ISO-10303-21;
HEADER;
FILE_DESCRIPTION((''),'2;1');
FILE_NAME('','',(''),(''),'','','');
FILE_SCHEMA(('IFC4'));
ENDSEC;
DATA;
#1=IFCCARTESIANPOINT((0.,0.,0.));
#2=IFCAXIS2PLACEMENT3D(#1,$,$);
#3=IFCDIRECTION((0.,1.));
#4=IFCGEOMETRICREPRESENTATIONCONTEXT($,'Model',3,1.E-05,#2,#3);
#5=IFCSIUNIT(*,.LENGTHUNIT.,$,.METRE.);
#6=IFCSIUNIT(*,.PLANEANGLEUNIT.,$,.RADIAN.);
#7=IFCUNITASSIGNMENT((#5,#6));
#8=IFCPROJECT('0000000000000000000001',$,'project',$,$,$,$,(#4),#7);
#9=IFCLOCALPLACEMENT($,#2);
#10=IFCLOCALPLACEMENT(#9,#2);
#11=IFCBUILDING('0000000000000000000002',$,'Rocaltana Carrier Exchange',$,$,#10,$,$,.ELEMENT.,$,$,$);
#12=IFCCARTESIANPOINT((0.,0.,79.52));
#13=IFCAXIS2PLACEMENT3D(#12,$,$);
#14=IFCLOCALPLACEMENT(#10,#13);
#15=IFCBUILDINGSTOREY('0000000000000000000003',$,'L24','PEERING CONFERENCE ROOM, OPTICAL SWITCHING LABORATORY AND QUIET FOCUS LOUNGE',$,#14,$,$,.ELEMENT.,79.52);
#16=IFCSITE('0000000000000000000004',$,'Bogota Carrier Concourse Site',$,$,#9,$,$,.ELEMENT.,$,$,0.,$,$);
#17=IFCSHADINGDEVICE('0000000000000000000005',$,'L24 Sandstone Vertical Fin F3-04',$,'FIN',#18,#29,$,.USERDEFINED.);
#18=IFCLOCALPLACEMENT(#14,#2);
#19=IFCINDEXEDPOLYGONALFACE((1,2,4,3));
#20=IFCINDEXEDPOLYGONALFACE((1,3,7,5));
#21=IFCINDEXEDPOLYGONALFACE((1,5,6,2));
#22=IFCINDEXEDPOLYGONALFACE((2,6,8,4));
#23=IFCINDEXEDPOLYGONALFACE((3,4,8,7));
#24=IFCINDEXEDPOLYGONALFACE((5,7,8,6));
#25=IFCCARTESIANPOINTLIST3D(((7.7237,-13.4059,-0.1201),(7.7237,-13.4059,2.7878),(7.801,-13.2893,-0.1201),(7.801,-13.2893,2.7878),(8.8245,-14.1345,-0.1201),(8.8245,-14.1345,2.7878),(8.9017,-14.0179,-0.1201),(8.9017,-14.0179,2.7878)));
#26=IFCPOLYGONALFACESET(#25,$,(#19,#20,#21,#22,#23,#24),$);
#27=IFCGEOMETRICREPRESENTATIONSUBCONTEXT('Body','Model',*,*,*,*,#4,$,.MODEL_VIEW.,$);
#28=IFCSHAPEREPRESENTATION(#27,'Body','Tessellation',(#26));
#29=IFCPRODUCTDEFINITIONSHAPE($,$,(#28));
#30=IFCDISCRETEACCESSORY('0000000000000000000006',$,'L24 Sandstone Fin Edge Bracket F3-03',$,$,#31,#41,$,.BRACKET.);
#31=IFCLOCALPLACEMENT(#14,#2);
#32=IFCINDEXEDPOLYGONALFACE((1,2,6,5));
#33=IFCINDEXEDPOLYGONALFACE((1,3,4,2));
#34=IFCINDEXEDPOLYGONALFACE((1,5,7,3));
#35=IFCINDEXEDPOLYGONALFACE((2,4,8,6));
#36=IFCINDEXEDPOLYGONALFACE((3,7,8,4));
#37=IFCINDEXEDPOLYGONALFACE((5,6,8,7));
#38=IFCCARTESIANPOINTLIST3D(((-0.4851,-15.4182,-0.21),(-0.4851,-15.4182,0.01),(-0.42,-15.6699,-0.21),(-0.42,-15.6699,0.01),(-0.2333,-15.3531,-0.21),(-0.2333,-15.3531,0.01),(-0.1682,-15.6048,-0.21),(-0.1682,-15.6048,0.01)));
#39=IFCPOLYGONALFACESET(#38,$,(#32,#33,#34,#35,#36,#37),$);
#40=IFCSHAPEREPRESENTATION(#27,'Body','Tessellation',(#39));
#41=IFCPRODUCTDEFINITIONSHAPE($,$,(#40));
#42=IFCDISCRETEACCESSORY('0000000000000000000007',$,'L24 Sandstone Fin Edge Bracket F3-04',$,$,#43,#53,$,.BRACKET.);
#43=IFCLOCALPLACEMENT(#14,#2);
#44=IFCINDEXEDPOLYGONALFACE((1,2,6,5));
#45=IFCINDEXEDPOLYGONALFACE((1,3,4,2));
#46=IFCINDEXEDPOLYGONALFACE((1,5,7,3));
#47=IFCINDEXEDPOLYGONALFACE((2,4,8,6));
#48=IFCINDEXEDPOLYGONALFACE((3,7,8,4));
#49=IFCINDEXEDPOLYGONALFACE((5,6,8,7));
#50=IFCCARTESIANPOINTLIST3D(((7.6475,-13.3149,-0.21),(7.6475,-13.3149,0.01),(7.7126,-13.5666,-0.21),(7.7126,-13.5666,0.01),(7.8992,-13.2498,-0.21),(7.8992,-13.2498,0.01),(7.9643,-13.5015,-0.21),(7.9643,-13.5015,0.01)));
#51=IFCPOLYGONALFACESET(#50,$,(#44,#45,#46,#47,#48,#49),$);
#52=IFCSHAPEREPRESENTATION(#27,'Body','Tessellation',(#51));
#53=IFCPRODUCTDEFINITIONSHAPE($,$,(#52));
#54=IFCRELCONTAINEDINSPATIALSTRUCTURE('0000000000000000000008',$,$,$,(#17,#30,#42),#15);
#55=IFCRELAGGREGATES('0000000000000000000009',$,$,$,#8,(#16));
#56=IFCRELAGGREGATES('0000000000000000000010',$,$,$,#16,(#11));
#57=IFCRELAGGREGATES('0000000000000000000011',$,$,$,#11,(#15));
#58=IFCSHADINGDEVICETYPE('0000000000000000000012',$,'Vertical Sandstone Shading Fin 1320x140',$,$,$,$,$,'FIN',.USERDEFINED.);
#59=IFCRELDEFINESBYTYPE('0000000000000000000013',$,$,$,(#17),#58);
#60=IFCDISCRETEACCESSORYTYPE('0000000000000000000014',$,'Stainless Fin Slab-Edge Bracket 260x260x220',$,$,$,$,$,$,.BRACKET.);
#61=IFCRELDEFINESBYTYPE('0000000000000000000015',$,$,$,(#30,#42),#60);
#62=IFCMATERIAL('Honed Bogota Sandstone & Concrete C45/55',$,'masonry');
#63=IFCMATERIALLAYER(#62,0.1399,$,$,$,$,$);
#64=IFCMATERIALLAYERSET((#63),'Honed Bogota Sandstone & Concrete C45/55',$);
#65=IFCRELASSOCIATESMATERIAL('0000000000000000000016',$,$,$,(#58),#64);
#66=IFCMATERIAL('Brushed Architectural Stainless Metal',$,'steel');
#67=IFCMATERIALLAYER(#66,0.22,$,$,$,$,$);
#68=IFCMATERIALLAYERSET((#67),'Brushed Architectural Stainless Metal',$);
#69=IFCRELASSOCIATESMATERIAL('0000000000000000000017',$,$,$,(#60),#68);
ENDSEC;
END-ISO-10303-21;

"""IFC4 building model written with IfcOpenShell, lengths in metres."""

from ifc_helpers import new_model, si_unit, direction, frame, origin, origin_2d, place, context, subcontext, project, spatial, rectangle, extrude, material, layer, layer_set, type_object, element, save


model = new_model("IFC4")

# Units and contexts
model_context = context("Model", 3, precision=1e-05, world=origin(), true_north=direction((0.0, 1.0)))
body_context = subcontext(model_context, "Body", "Model", "MODEL_VIEW")
ifc_project = project(units=[si_unit("LENGTHUNIT", "METRE"), si_unit("PLANEANGLEUNIT", "RADIAN")], contexts=[model_context])

# Site, building, storey
site_placement = place(None, origin())
site = spatial("IfcSite", under=ifc_project, at=site_placement, Name="Bogota Carrier Concourse Site", CompositionType="ELEMENT", RefElevation=0.0)
building_placement = place(site_placement, origin())
building = spatial("IfcBuilding", under=site, at=building_placement, Name="Rocaltana Carrier Exchange", CompositionType="ELEMENT")
storey_placement = place(building_placement, frame((0.0, 0.0, 79.52)))
storey = spatial("IfcBuildingStorey", under=building, at=storey_placement, Name="L24", Description="PEERING CONFERENCE ROOM, OPTICAL SWITCHING LABORATORY AND QUIET FOCUS LOUNGE", CompositionType="ELEMENT", Elevation=79.52)

# Shading device
ifc_material_1 = material(Name="Honed Bogota Sandstone & Concrete C45/55", Category="masonry")
ifc_layer_1 = layer(ifc_material_1, 0.1399)
ifc_layer_set_1 = layer_set([ifc_layer_1], Name="Honed Bogota Sandstone & Concrete C45/55")
shading_device_type = type_object("IfcShadingDeviceType", Name="Vertical Sandstone Shading Fin 1320x140", ElementType="FIN", PredefinedType="USERDEFINED", material=ifc_layer_set_1)
for number, where, z_axis, x_axis, name in (
    (1, (8.3127, -13.7119, -0.1201), (0.0, 0.0, 1.0), (0.833886, -0.551937, 0.0), "L24 Sandstone Vertical Fin F3-04"),
):
    element("IfcShadingDevice", number, at=place(storey_placement, frame(where, z_axis=z_axis, x_axis=x_axis)), inside=storey, type_object=shading_device_type, Name=name, ObjectType="FIN", PredefinedType="USERDEFINED", context=body_context, shape_type="SweptSolid", body=[
        extrude(rectangle(XDim=1.3201, YDim=0.1399, at=origin_2d()), origin(), (0.0, 0.0, 1.0), 2.908),
    ])

# Discrete accessories
ifc_material_2 = material(Name="Brushed Architectural Stainless Metal", Category="steel")
ifc_layer_2 = layer(ifc_material_2, 0.22)
ifc_layer_set_2 = layer_set([ifc_layer_2], Name="Brushed Architectural Stainless Metal")
discrete_accessory_type = type_object("IfcDiscreteAccessoryType", Name="Stainless Fin Slab-Edge Bracket 260x260x220", PredefinedType="BRACKET", material=ifc_layer_set_2)
for number, where, z_axis, x_axis, name in (
    (2, (-0.3267, -15.5115, -0.21), (0.0, 0.0, 1.0), (0.968148, 0.25038, 0.0), "L24 Sandstone Fin Edge Bracket F3-03"),
    (3, (7.8059, -13.4082, -0.21), (0.0, 0.0, 1.0), (0.968148, 0.25038, 0.0), "L24 Sandstone Fin Edge Bracket F3-04"),
):
    element("IfcDiscreteAccessory", number, at=place(storey_placement, frame(where, z_axis=z_axis, x_axis=x_axis)), inside=storey, type_object=discrete_accessory_type, Name=name, PredefinedType="BRACKET", context=body_context, shape_type="SweptSolid", body=[
        extrude(rectangle(XDim=0.26, YDim=0.26, at=origin_2d()), origin(), (0.0, 0.0, 1.0), 0.22),
    ])

save(model, "model.ifc")
